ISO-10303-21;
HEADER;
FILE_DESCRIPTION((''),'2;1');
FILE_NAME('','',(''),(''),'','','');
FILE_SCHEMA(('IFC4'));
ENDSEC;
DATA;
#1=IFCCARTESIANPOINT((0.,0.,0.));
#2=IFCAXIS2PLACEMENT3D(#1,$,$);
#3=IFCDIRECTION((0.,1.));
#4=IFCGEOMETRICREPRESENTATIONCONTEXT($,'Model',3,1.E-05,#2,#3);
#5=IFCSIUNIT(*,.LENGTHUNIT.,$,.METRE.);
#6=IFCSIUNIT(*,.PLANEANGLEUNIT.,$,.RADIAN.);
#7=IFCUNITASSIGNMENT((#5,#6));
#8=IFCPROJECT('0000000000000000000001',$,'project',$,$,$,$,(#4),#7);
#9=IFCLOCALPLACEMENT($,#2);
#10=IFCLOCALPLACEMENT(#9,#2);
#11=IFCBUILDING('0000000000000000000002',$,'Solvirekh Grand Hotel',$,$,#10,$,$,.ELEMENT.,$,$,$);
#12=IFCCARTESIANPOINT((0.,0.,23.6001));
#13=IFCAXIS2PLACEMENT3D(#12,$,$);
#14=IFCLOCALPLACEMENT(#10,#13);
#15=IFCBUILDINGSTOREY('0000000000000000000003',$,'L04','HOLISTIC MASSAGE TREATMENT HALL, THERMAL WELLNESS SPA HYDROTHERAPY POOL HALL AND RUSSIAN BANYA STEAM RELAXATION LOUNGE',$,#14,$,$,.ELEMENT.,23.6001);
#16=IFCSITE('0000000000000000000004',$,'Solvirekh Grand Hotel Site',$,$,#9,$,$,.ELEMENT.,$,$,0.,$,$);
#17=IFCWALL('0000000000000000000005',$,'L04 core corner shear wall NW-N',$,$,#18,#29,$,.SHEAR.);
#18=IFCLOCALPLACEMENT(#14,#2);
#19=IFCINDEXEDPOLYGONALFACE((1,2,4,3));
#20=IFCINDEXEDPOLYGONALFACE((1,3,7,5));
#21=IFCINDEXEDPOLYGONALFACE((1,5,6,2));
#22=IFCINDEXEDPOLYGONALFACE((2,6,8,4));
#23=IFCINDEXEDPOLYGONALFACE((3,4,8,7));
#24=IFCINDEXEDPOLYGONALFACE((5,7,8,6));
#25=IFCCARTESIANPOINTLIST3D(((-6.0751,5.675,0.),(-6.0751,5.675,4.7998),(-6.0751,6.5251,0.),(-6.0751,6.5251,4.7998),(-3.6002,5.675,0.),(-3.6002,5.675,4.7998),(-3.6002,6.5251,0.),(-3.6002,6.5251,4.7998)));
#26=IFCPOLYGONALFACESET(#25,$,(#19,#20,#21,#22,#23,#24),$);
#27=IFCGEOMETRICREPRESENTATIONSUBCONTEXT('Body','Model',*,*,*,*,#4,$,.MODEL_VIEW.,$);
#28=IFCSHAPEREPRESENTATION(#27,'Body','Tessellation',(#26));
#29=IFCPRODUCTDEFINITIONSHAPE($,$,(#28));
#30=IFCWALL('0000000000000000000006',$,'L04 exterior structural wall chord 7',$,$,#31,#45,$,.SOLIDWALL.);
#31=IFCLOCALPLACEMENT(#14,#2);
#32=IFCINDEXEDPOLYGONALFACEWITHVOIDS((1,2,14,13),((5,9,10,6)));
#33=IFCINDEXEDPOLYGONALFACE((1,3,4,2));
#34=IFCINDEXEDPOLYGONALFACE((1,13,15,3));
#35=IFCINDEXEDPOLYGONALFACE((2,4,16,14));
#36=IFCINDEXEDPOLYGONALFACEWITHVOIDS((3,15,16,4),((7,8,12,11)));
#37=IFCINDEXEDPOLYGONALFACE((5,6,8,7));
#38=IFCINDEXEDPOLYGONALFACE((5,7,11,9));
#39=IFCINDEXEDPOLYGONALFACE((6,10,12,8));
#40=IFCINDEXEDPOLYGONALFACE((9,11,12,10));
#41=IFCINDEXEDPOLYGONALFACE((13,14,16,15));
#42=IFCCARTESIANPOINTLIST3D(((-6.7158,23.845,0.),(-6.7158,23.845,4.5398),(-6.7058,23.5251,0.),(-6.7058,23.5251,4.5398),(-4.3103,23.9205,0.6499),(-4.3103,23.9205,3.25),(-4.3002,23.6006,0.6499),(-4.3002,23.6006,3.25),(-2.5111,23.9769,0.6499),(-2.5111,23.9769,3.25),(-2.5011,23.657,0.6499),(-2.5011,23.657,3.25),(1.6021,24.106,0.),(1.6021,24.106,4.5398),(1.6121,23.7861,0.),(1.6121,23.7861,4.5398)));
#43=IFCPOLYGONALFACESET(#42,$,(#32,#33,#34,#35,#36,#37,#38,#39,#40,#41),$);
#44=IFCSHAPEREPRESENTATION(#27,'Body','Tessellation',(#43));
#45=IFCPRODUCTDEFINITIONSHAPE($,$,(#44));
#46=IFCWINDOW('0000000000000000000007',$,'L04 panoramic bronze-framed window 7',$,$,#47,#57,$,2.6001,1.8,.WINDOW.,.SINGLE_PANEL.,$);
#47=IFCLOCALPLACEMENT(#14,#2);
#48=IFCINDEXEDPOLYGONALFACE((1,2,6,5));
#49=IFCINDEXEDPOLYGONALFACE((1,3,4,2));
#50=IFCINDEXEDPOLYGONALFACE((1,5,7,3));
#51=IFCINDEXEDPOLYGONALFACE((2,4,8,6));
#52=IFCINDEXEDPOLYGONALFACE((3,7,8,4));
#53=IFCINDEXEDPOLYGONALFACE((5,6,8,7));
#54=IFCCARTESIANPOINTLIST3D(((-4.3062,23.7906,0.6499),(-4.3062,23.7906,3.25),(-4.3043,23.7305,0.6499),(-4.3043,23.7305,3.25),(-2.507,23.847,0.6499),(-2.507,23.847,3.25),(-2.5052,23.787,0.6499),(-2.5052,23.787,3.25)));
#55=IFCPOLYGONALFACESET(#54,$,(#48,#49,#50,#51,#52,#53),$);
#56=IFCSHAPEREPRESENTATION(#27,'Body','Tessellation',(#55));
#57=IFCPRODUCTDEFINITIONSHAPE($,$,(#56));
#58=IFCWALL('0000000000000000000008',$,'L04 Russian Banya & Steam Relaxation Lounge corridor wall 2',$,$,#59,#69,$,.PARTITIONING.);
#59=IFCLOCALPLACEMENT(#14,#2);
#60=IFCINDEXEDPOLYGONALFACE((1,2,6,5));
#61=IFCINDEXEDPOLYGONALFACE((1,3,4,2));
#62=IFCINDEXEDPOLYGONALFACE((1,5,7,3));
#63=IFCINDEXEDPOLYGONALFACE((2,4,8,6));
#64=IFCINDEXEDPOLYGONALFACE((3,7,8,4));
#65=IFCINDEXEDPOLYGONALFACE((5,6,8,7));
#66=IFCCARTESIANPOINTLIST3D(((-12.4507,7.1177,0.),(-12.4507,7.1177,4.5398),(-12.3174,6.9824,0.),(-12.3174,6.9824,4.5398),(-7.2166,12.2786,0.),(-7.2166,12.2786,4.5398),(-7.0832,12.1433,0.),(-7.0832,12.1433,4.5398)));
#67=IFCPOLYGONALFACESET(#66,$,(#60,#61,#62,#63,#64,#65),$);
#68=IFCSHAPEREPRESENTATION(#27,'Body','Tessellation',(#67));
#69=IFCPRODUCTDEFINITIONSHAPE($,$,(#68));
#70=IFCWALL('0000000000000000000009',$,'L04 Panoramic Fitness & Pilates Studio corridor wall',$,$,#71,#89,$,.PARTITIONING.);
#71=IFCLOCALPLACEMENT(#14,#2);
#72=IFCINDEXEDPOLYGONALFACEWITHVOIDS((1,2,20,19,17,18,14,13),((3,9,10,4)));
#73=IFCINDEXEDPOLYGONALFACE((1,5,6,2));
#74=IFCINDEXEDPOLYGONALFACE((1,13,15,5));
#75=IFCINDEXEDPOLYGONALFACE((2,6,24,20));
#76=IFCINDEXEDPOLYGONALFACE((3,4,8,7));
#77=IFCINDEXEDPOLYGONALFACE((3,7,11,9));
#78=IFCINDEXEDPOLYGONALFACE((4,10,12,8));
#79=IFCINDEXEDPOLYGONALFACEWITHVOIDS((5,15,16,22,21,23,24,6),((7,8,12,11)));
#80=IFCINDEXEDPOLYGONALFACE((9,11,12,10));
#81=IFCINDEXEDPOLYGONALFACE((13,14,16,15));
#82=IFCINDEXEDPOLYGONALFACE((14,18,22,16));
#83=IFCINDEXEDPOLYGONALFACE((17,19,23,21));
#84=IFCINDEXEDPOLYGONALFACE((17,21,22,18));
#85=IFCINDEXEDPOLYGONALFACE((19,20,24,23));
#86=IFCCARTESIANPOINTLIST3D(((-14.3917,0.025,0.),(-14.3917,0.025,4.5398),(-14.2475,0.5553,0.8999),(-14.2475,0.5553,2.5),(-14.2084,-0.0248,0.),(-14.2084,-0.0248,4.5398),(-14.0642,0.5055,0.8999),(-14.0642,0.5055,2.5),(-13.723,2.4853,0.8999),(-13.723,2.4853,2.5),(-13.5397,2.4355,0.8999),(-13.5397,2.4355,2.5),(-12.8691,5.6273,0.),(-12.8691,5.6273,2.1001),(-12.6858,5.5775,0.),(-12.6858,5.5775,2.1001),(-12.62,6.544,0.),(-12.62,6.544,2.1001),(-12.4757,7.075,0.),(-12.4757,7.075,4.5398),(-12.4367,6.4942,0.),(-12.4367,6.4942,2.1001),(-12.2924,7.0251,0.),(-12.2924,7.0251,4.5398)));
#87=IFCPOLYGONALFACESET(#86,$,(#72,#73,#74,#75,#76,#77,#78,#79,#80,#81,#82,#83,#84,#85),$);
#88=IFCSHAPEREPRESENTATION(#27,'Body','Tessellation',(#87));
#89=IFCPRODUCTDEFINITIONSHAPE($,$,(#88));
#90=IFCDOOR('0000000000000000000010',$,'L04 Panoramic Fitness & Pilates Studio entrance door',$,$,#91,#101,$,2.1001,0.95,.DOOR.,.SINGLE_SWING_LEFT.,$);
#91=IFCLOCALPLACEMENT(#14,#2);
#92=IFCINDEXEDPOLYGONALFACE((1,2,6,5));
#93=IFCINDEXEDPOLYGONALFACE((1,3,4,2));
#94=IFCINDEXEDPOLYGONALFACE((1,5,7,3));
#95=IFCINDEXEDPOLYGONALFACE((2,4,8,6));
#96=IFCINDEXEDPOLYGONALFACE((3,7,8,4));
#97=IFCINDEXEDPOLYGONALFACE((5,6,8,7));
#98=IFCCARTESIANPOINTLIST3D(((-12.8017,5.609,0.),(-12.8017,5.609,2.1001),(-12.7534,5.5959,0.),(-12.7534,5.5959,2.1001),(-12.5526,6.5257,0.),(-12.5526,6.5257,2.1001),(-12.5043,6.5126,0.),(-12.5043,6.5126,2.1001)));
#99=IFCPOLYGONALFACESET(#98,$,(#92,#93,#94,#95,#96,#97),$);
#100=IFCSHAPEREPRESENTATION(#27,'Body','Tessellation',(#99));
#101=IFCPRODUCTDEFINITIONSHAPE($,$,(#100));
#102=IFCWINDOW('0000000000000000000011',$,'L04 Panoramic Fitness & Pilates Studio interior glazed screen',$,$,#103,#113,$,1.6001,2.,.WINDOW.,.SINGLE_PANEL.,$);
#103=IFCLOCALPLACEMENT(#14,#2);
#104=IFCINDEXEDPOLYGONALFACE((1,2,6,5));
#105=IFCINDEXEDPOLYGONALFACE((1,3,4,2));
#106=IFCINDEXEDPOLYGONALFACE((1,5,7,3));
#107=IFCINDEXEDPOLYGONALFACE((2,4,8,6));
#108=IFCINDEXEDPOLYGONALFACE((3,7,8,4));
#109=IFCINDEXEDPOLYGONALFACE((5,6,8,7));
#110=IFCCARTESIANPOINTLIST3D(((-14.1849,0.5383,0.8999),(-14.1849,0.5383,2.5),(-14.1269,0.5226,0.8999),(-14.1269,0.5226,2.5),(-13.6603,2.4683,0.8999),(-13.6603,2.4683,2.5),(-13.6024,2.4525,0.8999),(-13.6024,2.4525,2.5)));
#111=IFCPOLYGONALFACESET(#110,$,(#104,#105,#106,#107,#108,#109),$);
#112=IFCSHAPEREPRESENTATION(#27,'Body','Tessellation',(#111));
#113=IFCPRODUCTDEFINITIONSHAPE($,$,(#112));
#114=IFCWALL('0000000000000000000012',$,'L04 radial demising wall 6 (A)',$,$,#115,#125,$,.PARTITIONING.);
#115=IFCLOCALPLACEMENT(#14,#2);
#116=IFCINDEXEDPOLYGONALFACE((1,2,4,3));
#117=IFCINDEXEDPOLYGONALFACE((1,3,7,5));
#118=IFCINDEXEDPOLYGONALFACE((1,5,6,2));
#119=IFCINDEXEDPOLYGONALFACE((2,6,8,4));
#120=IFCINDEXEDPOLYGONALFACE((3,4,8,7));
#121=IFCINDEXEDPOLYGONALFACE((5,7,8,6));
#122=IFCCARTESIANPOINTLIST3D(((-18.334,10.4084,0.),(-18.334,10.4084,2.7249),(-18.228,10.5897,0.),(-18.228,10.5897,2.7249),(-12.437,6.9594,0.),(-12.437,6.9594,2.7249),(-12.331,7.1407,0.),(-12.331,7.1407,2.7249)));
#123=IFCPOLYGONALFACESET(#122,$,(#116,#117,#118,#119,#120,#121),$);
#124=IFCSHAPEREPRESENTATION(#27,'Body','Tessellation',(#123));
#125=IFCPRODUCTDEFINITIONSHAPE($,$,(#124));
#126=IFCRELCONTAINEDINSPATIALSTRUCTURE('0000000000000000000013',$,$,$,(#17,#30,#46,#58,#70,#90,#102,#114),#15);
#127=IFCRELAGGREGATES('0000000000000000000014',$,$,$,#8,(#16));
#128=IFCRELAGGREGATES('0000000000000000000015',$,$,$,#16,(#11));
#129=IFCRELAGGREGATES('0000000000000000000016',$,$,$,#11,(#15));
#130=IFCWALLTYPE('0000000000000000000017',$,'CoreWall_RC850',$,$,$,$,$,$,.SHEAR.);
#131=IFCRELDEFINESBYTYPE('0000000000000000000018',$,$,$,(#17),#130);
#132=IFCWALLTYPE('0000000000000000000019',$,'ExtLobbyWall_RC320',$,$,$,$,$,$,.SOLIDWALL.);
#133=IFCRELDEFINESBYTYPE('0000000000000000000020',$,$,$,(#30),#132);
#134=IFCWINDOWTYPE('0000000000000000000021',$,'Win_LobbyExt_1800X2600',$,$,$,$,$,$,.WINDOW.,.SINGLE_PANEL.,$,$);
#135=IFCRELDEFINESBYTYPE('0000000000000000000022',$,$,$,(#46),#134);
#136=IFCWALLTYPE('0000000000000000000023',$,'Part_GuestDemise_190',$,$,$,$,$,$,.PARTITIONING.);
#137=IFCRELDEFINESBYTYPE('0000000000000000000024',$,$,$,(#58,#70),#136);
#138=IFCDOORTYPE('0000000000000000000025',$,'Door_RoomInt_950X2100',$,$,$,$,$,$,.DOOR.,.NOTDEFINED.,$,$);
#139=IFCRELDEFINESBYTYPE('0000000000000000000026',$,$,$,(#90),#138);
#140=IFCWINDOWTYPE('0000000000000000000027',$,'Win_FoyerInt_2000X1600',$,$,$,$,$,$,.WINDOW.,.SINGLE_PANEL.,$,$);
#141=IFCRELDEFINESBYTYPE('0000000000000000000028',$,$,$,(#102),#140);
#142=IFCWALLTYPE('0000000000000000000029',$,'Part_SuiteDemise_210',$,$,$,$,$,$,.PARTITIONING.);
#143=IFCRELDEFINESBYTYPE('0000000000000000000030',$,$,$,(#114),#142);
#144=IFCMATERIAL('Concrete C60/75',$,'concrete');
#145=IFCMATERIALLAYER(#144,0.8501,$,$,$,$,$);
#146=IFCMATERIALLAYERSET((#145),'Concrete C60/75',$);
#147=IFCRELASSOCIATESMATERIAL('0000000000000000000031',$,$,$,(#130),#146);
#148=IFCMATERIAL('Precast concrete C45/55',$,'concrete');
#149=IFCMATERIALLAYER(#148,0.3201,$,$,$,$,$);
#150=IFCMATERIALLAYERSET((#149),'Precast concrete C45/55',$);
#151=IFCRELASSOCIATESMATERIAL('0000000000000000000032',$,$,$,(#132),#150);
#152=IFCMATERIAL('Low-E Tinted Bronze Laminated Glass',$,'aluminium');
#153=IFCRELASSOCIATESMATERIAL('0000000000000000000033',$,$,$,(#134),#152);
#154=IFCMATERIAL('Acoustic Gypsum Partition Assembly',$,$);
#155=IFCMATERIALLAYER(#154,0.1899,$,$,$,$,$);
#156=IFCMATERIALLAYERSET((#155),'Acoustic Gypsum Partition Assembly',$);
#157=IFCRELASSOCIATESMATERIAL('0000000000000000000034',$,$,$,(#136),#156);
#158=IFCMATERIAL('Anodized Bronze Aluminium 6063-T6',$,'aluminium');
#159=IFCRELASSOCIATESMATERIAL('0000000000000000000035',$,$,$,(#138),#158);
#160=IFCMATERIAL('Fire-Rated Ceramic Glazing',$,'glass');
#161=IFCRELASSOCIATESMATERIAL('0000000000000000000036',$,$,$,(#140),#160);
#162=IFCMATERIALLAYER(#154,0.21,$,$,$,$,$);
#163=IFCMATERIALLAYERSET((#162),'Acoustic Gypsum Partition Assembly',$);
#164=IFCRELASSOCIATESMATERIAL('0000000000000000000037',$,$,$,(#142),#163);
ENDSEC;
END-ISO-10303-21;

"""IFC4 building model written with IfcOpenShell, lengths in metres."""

from ifc_helpers import new_model, si_unit, direction, frame, frame_2d, origin, place, context, subcontext, project, spatial, rectangle, extrude, material, layer, layer_set, type_object, element, fill, save


model = new_model("IFC4")

# Units and contexts
model_context = context("Model", 3, precision=1e-05, world=origin(), true_north=direction((0.0, 1.0)))
body_context = subcontext(model_context, "Body", "Model", "MODEL_VIEW")
ifc_project = project(units=[si_unit("LENGTHUNIT", "METRE"), si_unit("PLANEANGLEUNIT", "RADIAN")], contexts=[model_context])

# Site, building, storey
site_placement = place(None, origin())
site = spatial("IfcSite", under=ifc_project, at=site_placement, Name="Solvirekh Grand Hotel Site", CompositionType="ELEMENT", RefElevation=0.0)
building_placement = place(site_placement, origin())
building = spatial("IfcBuilding", under=site, at=building_placement, Name="Solvirekh Grand Hotel", CompositionType="ELEMENT")
storey_placement = place(building_placement, frame((0.0, 0.0, 23.6001)))
storey = spatial("IfcBuildingStorey", under=building, at=storey_placement, Name="L04", Description="HOLISTIC MASSAGE TREATMENT HALL, THERMAL WELLNESS SPA HYDROTHERAPY POOL HALL AND RUSSIAN BANYA STEAM RELAXATION LOUNGE", CompositionType="ELEMENT", Elevation=23.6001)

# Shared definitions
ifc_material_1 = material(Name="Concrete C60/75", Category="concrete")

# Shared definitions
ifc_material_2 = material(Name="Anodized Bronze Aluminium 6063-T6", Category="aluminium")
ifc_material_3 = material(Name="Low-E Tinted Bronze Laminated Glass", Category="aluminium")

# Wall
ifc_layer_1 = layer(ifc_material_1, 0.8501)
ifc_layer_set_1 = layer_set([ifc_layer_1], Name="Concrete C60/75")
wall_type_1 = type_object("IfcWallType", Name="CoreWall_RC850", PredefinedType="SHEAR", material=ifc_layer_set_1)
wall_1_placement = place(storey_placement, frame((-6.075, 6.1001, 0.0), z_axis=(0.0, 0.0, 1.0), x_axis=(1.0, 0.0, 0.0)))
element("IfcWall", 1, at=wall_1_placement, inside=storey, type_object=wall_type_1, Name="L04 core corner shear wall NW-N", PredefinedType="SHEAR", context=body_context, shape_type="SweptSolid", body=[
    extrude(rectangle(XDim=2.4749, YDim=0.8501, at=frame_2d((1.2373, 0.0))), origin(), (0.0, 0.0, 1.0), 4.7998),
])

# Wall, opening, window
ifc_material_4 = material(Name="Precast concrete C45/55", Category="concrete")
ifc_layer_2 = layer(ifc_material_4, 0.3201)
ifc_layer_set_2 = layer_set([ifc_layer_2], Name="Precast concrete C45/55")
wall_type_2 = type_object("IfcWallType", Name="ExtLobbyWall_RC320", PredefinedType="SOLIDWALL", material=ifc_layer_set_2)
wall_2_placement = place(storey_placement, frame((-6.7109, 23.6851, 0.0), z_axis=(0.0, 0.0, 1.0), x_axis=(0.999508, 0.031361, 0.0)))
wall_2 = element("IfcWall", 2, at=wall_2_placement, inside=storey, type_object=wall_type_2, Name="L04 exterior structural wall chord 7", PredefinedType="SOLIDWALL", context=body_context, shape_type="SweptSolid", body=[
    extrude(rectangle(XDim=8.322, YDim=0.3201, at=frame_2d((4.1611, 0.0))), origin(), (0.0, 0.0, 1.0), 4.5398),
])
opening_1_placement = place(wall_2_placement, frame((2.407, 0.0, 0.6499)))
opening_1 = element("IfcOpeningElement", 3, at=opening_1_placement, cuts=wall_2, PredefinedType="OPENING", context=body_context, shape_type="SweptSolid", body=[
    extrude(rectangle(XDim=1.8, YDim=2.6001, at=frame_2d((0.8999, 1.3))), frame((0.0, 0.1699, 0.0), z_axis=(0.0, -1.0, 0.0), x_axis=(1.0, 0.0, 0.0)), (0.0, 0.0, 1.0), 0.3401),
])
window_type_1 = type_object("IfcWindowType", Name="Win_LobbyExt_1800X2600", PartitioningType="SINGLE_PANEL", PredefinedType="WINDOW", material=ifc_material_3)
window_1_placement = place(opening_1_placement, origin())
window_1 = element("IfcWindow", 4, at=window_1_placement, inside=storey, type_object=window_type_1, Name="L04 panoramic bronze-framed window 7", OverallHeight=2.6001, OverallWidth=1.8, PartitioningType="SINGLE_PANEL", PredefinedType="WINDOW", context=body_context, shape_type="SweptSolid", body=[
    extrude(rectangle(XDim=1.8, YDim=2.6001, at=frame_2d((0.8999, 1.3))), frame((0.0, 0.03, 0.0), z_axis=(0.0, -1.0, 0.0), x_axis=(1.0, 0.0, 0.0)), (0.0, 0.0, 1.0), 0.0601),
])
fill(opening_1, window_1)

# Wall
ifc_material_5 = material(Name="Acoustic Gypsum Partition Assembly")
ifc_layer_3 = layer(ifc_material_5, 0.1899)
ifc_layer_set_3 = layer_set([ifc_layer_3], Name="Acoustic Gypsum Partition Assembly")
wall_type_3 = type_object("IfcWallType", Name="Part_GuestDemise_190", PredefinedType="PARTITIONING", material=ifc_layer_set_3)
wall_3_placement = place(storey_placement, frame((-7.1499, 12.2109, 0.0), z_axis=(0.0, 0.0, 1.0), x_axis=(-0.712071, -0.702107, 0.0)))
element("IfcWall", 5, at=wall_3_placement, inside=storey, type_object=wall_type_3, Name="L04 Russian Banya & Steam Relaxation Lounge corridor wall 2", PredefinedType="PARTITIONING", context=body_context, shape_type="SweptSolid", body=[
    extrude(rectangle(XDim=7.3506, YDim=0.1899, at=frame_2d((3.6753, 0.0))), origin(), (0.0, 0.0, 1.0), 4.5398),
])

# Wall, openings, door, window
wall_4_placement = place(storey_placement, frame((-12.384, 7.05, 0.0), z_axis=(0.0, 0.0, 1.0), x_axis=(-0.262261, -0.964997, 0.0)))
wall_4 = element("IfcWall", 6, at=wall_4_placement, inside=storey, type_object=wall_type_3, Name="L04 Panoramic Fitness & Pilates Studio corridor wall", PredefinedType="PARTITIONING", context=body_context, shape_type="SweptSolid", body=[
    extrude(rectangle(XDim=7.3057, YDim=0.1899, at=frame_2d((3.6528, 0.0))), origin(), (0.0, 0.0, 1.0), 4.5398),
])
opening_2_placement = place(wall_4_placement, frame((0.55, 0.0, 0.0)))
opening_2 = element("IfcOpeningElement", 7, at=opening_2_placement, cuts=wall_4, PredefinedType="OPENING", context=body_context, shape_type="SweptSolid", body=[
    extrude(rectangle(XDim=0.95, YDim=2.1001, at=frame_2d((0.4751, 1.05))), frame((0.0, 0.105, 0.0), z_axis=(0.0, -1.0, 0.0), x_axis=(1.0, 0.0, 0.0)), (0.0, 0.0, 1.0), 0.21),
])
opening_3_placement = place(wall_4_placement, frame((4.7561, 0.0, 0.8999)))
opening_3 = element("IfcOpeningElement", 8, at=opening_3_placement, cuts=wall_4, PredefinedType="OPENING", context=body_context, shape_type="SweptSolid", body=[
    extrude(rectangle(XDim=2.0, YDim=1.6001, at=frame_2d((1.0, 0.8))), frame((0.0, 0.105, 0.0), z_axis=(0.0, -1.0, 0.0), x_axis=(1.0, 0.0, 0.0)), (0.0, 0.0, 1.0), 0.21),
])
door_type = type_object("IfcDoorType", Name="Door_RoomInt_950X2100", OperationType="NOTDEFINED", PredefinedType="DOOR", material=ifc_material_2)
door_placement = place(opening_2_placement, origin())
door = element("IfcDoor", 9, at=door_placement, inside=storey, type_object=door_type, Name="L04 Panoramic Fitness & Pilates Studio entrance door", OperationType="SINGLE_SWING_LEFT", OverallHeight=2.1001, OverallWidth=0.95, PredefinedType="DOOR", context=body_context, shape_type="SweptSolid", body=[
    extrude(rectangle(XDim=0.95, YDim=2.1001, at=frame_2d((0.4751, 1.05))), frame((0.0, 0.0249, 0.0), z_axis=(0.0, -1.0, 0.0), x_axis=(1.0, 0.0, 0.0)), (0.0, 0.0, 1.0), 0.05),
])
fill(opening_2, door)
ifc_material_6 = material(Name="Fire-Rated Ceramic Glazing", Category="glass")
window_type_2 = type_object("IfcWindowType", Name="Win_FoyerInt_2000X1600", PartitioningType="SINGLE_PANEL", PredefinedType="WINDOW", material=ifc_material_6)
window_2_placement = place(opening_3_placement, origin())
window_2 = element("IfcWindow", 10, at=window_2_placement, inside=storey, type_object=window_type_2, Name="L04 Panoramic Fitness & Pilates Studio interior glazed screen", OverallHeight=1.6001, OverallWidth=2.0, PartitioningType="SINGLE_PANEL", PredefinedType="WINDOW", context=body_context, shape_type="SweptSolid", body=[
    extrude(rectangle(XDim=2.0, YDim=1.6001, at=frame_2d((1.0, 0.8))), frame((0.0, 0.03, 0.0), z_axis=(0.0, -1.0, 0.0), x_axis=(1.0, 0.0, 0.0)), (0.0, 0.0, 1.0), 0.0601),
])
fill(opening_3, window_2)

# Wall
ifc_layer_4 = layer(ifc_material_5, 0.21)
ifc_layer_set_4 = layer_set([ifc_layer_4], Name="Acoustic Gypsum Partition Assembly")
wall_type_4 = type_object("IfcWallType", Name="Part_SuiteDemise_210", PredefinedType="PARTITIONING", material=ifc_layer_set_4)
wall_5_placement = place(storey_placement, frame((-12.384, 7.05, 0.0), z_axis=(0.0, 0.0, 1.0), x_axis=(-0.8632, 0.504862, 0.0)))
element("IfcWall", 11, at=wall_5_placement, inside=storey, type_object=wall_type_4, Name="L04 radial demising wall 6 (A)", PredefinedType="PARTITIONING", context=body_context, shape_type="SweptSolid", body=[
    extrude(rectangle(XDim=6.8315, YDim=0.21, at=frame_2d((3.4158, 0.0))), origin(), (0.0, 0.0, 1.0), 2.7249),
])

save(model, "model.ifc")
